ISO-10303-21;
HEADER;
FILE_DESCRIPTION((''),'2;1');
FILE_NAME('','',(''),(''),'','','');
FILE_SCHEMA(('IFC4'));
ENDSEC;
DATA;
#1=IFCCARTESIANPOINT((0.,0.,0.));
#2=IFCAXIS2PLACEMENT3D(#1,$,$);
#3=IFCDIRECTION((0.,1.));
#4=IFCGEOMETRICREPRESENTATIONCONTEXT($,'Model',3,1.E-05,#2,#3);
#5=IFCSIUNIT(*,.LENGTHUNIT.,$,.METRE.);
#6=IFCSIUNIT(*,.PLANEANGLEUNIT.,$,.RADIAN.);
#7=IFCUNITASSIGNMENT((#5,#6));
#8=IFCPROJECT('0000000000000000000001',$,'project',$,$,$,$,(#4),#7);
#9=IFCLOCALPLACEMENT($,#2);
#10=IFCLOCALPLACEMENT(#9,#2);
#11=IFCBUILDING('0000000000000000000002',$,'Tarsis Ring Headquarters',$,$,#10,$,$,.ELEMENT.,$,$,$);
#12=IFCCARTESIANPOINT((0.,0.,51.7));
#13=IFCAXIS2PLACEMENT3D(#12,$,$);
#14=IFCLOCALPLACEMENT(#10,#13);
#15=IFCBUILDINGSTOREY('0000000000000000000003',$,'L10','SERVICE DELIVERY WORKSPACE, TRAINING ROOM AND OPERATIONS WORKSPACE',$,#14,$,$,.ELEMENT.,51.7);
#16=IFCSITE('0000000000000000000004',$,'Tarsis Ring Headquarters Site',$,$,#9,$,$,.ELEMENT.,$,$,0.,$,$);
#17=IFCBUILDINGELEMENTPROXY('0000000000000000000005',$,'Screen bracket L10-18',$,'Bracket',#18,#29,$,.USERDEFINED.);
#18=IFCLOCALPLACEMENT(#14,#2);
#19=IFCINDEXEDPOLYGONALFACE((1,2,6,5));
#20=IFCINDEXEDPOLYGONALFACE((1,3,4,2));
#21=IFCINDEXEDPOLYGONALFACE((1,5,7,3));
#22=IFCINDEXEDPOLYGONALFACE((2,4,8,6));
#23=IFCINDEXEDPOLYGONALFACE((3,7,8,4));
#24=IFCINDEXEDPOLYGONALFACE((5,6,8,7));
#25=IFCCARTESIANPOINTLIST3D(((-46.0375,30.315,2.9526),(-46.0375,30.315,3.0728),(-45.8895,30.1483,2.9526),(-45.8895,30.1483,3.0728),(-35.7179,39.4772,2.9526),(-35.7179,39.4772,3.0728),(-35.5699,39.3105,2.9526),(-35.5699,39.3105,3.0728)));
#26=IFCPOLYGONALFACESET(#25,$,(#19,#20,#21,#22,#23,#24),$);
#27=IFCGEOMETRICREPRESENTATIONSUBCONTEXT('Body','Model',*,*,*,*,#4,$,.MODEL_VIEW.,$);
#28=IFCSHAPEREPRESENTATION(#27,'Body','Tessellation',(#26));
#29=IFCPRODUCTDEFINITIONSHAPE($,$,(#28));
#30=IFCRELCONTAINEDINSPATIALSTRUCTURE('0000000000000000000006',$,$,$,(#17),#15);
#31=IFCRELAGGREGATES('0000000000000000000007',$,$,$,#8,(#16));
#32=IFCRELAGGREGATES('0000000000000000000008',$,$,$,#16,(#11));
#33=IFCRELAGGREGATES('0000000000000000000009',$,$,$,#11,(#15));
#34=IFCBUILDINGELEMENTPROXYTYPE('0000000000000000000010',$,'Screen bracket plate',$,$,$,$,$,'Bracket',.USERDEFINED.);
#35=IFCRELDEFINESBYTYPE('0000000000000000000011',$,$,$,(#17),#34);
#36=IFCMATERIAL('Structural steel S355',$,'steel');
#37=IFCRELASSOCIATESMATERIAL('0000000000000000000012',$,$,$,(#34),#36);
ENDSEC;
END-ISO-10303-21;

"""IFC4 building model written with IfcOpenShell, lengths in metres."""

from ifc_helpers import new_model, si_unit, direction, frame, origin, origin_2d, place, context, subcontext, project, spatial, rectangle, extrude, material, type_object, element, save


model = new_model("IFC4")

# Units and contexts
model_context = context("Model", 3, precision=1e-05, world=origin(), true_north=direction((0.0, 1.0)))
body_context = subcontext(model_context, "Body", "Model", "MODEL_VIEW")
ifc_project = project(units=[si_unit("LENGTHUNIT", "METRE"), si_unit("PLANEANGLEUNIT", "RADIAN")], contexts=[model_context])

# Site, building, storey
site_placement = place(None, origin())
site = spatial("IfcSite", under=ifc_project, at=site_placement, Name="Tarsis Ring Headquarters Site", CompositionType="ELEMENT", RefElevation=0.0)
building_placement = place(site_placement, origin())
building = spatial("IfcBuilding", under=site, at=building_placement, Name="Tarsis Ring Headquarters", CompositionType="ELEMENT")
storey_placement = place(building_placement, frame((0.0, 0.0, 51.7)))
storey = spatial("IfcBuildingStorey", under=building, at=storey_placement, Name="L10", Description="SERVICE DELIVERY WORKSPACE, TRAINING ROOM AND OPERATIONS WORKSPACE", CompositionType="ELEMENT", Elevation=51.7)

# Shared definitions
ifc_material_1 = material(Name="Structural steel S355", Category="steel")

# Building element proxy
building_element_proxy_type = type_object("IfcBuildingElementProxyType", Name="Screen bracket plate", ElementType="Bracket", PredefinedType="USERDEFINED", material=ifc_material_1)
proxy_placement = place(storey_placement, frame((-40.8037, 34.8127, 2.9526), z_axis=(0.0, 0.0, 1.0), x_axis=(-0.747798, -0.663926, 0.0)))
element("IfcBuildingElementProxy", 1, at=proxy_placement, inside=storey, type_object=building_element_proxy_type, Name="Screen bracket L10-18", ObjectType="Bracket", PredefinedType="USERDEFINED", context=body_context, shape_type="SweptSolid", body=[
    extrude(rectangle(XDim=13.8, YDim=0.2229, at=origin_2d()), origin(), (0.0, 0.0, 1.0), 0.1201),
])

save(model, "model.ifc")
